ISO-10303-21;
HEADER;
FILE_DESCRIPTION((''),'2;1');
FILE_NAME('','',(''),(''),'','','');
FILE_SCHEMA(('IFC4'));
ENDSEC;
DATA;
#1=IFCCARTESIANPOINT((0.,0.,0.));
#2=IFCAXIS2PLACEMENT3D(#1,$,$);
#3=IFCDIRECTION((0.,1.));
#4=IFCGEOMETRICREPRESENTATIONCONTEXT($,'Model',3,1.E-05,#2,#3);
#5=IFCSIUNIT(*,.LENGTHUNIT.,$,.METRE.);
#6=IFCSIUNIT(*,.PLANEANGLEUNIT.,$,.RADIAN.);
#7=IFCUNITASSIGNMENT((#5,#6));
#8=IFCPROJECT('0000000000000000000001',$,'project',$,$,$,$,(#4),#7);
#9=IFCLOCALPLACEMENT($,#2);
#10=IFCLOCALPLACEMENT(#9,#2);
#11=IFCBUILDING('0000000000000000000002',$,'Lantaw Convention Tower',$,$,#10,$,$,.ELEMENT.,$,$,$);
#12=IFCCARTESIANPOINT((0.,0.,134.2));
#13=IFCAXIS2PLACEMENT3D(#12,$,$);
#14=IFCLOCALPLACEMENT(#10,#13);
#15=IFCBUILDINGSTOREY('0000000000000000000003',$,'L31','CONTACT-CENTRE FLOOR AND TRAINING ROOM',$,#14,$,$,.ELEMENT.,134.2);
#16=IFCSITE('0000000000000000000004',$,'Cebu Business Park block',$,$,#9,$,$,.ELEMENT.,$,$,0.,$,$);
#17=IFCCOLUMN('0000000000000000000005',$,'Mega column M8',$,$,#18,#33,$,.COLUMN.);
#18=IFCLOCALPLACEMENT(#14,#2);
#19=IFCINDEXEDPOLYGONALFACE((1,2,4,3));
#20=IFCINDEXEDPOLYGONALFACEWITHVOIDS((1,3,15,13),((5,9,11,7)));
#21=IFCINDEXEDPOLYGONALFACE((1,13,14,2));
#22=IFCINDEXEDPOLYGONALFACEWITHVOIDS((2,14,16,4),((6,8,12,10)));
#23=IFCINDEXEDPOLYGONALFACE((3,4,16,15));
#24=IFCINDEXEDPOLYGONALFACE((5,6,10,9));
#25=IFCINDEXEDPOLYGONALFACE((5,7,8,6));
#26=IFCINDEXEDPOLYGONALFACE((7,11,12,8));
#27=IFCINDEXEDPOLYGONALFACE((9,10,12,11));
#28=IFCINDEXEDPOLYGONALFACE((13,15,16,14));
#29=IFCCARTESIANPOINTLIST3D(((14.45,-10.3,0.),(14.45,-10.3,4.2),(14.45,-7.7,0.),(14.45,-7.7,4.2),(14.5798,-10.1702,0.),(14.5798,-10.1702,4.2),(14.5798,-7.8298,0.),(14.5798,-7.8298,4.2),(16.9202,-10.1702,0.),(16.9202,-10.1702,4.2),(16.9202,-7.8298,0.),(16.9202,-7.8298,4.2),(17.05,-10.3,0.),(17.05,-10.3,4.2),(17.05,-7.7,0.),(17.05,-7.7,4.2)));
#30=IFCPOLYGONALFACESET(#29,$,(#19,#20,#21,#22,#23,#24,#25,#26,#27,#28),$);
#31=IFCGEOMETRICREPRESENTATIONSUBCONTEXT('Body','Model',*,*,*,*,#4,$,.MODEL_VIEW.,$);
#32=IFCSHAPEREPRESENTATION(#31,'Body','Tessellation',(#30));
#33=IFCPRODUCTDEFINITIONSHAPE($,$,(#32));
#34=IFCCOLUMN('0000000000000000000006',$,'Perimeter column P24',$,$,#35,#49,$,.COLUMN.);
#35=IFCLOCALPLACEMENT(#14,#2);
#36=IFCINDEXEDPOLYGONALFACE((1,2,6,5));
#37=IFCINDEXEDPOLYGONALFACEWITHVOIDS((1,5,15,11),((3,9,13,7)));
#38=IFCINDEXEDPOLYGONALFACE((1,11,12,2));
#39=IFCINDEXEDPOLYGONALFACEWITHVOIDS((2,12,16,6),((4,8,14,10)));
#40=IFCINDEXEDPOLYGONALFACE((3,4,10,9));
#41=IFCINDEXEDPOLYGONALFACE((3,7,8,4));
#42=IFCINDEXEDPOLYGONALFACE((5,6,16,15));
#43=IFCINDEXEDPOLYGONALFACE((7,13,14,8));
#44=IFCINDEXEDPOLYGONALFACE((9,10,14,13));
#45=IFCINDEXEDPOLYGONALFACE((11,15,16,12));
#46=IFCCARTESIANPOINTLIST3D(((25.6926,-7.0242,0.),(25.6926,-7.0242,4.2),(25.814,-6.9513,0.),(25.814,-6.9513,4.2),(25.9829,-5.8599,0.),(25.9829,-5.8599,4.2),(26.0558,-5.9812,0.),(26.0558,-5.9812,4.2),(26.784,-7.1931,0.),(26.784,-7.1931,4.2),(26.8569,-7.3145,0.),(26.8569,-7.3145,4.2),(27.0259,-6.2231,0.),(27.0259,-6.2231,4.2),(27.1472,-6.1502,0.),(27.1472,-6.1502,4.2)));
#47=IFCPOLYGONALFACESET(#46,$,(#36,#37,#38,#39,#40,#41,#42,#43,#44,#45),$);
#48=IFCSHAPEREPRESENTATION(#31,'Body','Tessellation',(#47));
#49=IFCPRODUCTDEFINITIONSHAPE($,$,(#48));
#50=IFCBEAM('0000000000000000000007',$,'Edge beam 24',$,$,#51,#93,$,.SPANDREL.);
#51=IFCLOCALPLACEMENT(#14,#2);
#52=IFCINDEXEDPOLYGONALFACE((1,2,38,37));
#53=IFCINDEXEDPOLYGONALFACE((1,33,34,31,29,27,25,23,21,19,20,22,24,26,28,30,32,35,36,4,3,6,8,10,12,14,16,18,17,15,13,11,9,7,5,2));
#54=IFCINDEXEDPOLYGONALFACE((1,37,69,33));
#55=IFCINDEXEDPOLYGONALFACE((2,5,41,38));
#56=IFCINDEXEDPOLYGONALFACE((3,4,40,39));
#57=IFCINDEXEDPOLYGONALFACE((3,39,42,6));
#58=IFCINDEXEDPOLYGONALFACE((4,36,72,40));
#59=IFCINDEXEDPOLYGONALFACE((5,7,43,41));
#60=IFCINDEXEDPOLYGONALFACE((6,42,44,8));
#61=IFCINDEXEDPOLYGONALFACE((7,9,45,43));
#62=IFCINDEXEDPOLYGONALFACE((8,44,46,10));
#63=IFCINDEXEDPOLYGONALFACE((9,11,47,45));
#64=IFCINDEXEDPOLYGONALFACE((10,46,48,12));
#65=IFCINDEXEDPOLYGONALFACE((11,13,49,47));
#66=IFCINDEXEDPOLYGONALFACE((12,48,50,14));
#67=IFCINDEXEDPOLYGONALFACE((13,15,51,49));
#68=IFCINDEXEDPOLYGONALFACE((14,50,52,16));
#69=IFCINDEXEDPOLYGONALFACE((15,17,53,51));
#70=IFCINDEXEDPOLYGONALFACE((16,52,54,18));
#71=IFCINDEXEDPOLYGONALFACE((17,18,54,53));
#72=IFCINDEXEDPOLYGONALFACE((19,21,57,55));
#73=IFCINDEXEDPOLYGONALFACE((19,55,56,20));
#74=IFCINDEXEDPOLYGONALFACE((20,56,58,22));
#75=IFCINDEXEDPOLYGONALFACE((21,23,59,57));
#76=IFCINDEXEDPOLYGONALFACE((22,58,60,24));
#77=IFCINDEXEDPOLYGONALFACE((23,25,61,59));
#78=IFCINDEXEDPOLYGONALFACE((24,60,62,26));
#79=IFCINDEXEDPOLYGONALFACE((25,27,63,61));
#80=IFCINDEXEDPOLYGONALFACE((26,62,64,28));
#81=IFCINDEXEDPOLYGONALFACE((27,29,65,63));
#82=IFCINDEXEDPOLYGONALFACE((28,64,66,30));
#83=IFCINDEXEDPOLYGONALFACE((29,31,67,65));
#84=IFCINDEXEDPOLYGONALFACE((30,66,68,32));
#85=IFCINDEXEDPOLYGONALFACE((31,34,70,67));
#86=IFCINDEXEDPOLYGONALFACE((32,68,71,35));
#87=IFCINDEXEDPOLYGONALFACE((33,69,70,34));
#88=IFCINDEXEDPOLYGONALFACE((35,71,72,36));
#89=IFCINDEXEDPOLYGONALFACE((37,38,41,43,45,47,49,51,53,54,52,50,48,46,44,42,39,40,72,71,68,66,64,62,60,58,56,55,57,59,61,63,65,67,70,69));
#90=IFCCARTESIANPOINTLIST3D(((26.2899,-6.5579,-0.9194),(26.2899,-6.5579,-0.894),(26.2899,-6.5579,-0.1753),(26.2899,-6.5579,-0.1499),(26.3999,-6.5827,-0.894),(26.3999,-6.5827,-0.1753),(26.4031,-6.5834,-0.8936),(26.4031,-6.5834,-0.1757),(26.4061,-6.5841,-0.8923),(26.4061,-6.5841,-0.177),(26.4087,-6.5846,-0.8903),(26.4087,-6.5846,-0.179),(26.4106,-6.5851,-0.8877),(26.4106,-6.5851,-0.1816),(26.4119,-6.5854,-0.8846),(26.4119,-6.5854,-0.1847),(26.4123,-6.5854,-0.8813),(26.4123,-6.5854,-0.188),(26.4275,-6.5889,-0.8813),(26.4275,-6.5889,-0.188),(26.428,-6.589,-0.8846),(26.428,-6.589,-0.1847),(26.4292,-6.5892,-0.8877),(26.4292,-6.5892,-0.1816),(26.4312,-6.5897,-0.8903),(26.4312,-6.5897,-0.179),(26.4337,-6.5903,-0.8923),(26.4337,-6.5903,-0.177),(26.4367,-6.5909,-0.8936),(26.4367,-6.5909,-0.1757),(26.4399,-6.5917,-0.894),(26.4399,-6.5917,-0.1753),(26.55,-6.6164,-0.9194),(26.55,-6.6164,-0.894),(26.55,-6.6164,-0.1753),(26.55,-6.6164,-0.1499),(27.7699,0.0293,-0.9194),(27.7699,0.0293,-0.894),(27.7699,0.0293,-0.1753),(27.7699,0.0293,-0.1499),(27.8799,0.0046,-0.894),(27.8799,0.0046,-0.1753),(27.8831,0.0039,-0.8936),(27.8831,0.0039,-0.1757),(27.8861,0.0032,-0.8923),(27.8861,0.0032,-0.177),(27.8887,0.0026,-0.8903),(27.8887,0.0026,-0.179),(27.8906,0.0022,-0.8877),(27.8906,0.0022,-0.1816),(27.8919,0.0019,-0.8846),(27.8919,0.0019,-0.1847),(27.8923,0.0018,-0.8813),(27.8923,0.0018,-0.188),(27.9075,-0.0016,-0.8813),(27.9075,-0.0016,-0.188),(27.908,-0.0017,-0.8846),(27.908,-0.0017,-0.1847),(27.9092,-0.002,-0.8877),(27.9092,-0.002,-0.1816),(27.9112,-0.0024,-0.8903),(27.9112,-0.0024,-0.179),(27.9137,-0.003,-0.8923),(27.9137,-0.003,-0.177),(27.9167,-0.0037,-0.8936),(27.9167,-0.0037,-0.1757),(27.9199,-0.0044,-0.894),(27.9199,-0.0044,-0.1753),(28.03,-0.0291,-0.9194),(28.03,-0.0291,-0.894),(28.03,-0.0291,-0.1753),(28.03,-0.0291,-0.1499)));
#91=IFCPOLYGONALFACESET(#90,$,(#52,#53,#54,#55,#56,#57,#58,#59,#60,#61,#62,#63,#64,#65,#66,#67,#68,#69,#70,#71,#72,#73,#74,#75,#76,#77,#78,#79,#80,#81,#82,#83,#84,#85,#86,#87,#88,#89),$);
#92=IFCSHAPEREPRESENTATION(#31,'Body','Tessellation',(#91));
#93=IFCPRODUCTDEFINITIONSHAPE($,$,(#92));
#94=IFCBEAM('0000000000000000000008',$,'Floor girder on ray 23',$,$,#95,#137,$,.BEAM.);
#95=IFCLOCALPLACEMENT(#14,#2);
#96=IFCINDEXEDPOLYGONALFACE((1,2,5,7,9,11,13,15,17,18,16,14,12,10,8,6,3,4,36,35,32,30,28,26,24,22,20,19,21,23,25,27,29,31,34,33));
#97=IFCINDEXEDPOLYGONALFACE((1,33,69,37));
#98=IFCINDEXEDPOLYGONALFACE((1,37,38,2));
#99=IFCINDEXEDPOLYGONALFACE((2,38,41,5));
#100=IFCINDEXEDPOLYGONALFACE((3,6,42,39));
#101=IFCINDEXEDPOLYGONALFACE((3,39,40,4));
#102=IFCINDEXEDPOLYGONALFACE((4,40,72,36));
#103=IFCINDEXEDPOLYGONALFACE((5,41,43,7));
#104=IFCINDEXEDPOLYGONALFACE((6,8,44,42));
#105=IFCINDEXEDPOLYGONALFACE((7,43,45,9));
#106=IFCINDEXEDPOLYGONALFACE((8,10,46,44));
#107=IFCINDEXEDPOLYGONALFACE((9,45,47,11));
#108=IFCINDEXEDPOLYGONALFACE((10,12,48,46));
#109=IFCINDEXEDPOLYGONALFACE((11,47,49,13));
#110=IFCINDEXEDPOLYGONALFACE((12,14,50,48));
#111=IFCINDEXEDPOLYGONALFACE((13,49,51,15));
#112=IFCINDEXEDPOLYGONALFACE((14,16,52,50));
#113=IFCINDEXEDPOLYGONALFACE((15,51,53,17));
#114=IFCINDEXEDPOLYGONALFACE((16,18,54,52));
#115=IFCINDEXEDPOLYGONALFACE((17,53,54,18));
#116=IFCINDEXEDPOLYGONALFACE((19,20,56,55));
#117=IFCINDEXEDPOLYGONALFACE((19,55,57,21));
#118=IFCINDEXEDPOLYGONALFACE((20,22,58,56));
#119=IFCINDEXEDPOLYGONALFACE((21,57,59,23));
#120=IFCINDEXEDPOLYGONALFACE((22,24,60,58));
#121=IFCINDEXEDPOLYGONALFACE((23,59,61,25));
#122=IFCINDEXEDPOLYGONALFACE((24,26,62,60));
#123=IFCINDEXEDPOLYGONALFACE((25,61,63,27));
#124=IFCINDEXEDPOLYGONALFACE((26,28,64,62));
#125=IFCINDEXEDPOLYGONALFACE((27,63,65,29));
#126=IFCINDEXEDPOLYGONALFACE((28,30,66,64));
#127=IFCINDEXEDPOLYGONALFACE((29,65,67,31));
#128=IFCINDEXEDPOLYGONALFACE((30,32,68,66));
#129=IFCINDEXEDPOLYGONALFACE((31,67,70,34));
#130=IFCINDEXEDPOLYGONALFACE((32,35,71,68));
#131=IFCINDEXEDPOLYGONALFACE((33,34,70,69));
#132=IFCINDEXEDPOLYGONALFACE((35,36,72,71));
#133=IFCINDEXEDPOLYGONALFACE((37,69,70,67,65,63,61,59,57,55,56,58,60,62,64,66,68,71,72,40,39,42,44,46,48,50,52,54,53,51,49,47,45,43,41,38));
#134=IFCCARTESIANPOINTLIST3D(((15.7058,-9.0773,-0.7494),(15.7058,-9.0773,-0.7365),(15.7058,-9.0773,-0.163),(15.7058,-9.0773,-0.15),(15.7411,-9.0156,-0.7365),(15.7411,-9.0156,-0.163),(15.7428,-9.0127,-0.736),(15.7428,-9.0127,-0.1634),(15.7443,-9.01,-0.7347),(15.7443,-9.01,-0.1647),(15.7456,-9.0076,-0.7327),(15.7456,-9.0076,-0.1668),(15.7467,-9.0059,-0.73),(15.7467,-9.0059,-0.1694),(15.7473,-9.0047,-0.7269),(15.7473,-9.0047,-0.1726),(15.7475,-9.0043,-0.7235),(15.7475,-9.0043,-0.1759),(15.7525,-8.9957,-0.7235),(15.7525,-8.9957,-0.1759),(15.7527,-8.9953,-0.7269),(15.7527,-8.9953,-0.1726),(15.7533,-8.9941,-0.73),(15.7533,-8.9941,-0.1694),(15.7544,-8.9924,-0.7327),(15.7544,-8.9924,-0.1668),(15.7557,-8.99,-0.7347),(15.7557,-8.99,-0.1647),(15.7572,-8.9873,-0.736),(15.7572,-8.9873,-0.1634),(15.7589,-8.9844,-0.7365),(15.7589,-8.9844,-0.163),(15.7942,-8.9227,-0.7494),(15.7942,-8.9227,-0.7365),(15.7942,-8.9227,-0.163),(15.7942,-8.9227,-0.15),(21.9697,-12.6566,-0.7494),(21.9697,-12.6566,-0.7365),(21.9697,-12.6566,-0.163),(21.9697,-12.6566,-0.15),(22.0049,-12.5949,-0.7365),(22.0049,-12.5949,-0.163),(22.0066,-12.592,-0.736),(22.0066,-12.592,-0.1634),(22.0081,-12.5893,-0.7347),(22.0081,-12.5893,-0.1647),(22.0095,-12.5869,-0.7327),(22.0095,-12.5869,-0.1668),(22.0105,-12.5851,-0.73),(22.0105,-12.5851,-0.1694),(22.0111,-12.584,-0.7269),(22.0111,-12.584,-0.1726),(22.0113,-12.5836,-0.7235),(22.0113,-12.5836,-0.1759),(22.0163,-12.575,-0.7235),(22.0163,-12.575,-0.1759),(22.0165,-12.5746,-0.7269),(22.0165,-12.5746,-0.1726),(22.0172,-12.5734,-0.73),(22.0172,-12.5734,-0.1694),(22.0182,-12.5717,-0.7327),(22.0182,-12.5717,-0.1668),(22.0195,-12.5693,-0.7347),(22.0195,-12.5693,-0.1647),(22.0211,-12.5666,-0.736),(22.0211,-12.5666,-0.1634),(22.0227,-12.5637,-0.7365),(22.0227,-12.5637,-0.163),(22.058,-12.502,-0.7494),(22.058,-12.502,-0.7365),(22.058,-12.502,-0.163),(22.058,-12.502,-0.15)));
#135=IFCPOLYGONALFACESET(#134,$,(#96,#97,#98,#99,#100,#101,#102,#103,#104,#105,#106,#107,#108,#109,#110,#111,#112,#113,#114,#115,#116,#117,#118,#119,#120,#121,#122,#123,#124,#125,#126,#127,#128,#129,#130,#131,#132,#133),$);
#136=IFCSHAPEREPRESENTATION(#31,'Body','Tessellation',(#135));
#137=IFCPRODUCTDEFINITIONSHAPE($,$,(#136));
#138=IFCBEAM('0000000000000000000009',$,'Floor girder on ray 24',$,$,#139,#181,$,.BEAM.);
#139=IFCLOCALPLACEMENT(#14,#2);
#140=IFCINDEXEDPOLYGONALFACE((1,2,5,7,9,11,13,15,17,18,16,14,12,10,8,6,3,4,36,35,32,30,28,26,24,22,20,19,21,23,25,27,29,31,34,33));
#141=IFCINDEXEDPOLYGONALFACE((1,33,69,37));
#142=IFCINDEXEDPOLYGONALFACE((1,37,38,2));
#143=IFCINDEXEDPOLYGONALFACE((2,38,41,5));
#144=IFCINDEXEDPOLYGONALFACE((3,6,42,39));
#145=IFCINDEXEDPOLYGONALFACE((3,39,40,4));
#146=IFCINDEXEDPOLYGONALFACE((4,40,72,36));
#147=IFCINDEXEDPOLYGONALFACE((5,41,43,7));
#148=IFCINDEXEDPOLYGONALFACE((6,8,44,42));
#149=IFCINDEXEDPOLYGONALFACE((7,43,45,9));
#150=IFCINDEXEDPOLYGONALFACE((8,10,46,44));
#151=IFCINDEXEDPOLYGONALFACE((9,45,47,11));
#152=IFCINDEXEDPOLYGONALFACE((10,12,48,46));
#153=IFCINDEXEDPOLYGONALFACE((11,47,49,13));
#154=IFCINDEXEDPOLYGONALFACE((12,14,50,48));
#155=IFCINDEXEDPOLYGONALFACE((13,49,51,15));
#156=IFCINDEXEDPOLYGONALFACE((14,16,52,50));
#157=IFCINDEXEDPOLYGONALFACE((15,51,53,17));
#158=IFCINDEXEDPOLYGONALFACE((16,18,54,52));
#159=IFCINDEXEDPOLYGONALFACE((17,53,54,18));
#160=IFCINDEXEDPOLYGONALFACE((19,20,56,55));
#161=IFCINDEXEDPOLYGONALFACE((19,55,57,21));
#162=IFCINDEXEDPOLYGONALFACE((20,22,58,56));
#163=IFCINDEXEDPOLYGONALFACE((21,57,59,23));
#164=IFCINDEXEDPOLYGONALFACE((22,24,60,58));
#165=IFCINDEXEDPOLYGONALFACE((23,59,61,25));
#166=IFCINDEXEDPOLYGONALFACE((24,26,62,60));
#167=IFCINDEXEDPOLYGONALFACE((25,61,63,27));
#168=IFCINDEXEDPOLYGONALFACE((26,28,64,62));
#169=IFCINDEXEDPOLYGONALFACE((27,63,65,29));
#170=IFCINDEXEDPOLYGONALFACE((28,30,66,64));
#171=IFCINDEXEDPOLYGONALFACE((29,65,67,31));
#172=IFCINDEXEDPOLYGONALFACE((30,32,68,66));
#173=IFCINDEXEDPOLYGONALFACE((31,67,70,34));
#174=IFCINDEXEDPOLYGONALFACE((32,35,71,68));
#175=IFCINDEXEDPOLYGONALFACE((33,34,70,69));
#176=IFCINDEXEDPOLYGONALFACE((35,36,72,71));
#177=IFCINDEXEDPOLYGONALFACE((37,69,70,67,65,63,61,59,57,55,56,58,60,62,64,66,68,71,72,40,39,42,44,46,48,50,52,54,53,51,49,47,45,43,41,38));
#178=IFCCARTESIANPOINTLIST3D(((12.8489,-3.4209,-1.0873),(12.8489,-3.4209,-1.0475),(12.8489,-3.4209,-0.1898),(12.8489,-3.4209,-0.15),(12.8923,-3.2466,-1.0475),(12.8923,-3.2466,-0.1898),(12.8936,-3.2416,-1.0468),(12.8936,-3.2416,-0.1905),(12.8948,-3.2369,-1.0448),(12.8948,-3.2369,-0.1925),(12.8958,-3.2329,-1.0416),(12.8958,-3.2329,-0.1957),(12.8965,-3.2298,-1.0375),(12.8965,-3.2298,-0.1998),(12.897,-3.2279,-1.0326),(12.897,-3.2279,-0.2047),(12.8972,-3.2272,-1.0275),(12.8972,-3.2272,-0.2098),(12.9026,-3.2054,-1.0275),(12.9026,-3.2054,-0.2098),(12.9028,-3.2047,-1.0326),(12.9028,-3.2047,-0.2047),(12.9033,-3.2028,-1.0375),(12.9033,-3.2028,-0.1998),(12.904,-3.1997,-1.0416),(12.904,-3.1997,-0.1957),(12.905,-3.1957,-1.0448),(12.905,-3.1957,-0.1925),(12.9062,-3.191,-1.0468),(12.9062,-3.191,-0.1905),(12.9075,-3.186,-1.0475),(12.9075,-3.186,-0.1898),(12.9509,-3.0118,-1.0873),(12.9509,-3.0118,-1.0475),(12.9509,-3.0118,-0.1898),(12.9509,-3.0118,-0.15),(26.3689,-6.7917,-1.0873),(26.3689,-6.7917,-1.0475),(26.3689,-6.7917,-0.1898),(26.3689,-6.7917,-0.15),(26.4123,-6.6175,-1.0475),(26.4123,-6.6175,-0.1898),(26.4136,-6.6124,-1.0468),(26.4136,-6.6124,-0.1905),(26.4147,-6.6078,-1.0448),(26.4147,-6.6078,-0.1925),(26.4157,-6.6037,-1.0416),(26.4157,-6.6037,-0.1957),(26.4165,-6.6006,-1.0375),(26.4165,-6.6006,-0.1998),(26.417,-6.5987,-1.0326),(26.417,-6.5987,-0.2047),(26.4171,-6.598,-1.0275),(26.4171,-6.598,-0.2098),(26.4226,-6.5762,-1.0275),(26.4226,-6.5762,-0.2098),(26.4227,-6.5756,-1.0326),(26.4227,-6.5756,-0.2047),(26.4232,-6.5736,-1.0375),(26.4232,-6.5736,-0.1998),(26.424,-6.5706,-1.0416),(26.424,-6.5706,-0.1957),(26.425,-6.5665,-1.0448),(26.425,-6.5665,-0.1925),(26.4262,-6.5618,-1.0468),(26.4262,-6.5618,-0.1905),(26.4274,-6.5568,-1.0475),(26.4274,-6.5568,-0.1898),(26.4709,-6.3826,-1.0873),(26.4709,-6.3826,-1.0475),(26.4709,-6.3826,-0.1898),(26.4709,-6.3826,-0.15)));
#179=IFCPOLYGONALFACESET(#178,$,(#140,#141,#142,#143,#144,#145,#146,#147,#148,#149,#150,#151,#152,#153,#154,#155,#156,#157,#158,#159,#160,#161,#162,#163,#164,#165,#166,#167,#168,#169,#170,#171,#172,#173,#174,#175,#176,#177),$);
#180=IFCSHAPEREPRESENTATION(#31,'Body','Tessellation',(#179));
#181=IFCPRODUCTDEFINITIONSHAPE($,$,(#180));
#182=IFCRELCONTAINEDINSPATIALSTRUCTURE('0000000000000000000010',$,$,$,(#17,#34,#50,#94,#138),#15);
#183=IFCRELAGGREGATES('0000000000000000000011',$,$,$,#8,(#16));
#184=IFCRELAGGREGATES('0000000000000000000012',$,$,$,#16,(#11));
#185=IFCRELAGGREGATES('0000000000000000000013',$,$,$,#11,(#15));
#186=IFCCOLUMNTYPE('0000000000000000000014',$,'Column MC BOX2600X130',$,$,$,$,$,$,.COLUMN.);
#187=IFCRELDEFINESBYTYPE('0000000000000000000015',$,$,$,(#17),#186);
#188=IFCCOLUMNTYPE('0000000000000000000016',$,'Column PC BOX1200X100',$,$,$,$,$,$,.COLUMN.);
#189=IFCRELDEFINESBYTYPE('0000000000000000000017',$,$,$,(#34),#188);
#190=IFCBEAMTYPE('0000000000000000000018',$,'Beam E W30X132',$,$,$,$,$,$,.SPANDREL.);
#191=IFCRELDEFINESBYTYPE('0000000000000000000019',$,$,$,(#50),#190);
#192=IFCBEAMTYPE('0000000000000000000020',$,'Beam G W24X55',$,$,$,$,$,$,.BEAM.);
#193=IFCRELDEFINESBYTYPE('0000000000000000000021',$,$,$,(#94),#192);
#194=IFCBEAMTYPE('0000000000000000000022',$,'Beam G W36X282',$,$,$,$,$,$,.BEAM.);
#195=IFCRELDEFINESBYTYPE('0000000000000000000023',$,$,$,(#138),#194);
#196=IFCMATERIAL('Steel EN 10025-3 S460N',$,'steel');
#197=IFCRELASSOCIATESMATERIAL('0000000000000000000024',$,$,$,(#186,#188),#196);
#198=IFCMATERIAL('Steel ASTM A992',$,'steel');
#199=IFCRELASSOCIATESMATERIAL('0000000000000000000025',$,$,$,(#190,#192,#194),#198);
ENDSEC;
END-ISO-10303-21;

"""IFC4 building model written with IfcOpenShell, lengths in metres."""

from ifc_helpers import new_model, si_unit, direction, frame, origin, origin_2d, place, context, subcontext, project, spatial, rectangle, hollow_rectangle, i_section, extrude, material, material_profile, profile_set, type_object, element, save


model = new_model("IFC4")

# Units and contexts
model_context = context("Model", 3, precision=1e-05, world=origin(), true_north=direction((0.0, 1.0)))
body_context = subcontext(model_context, "Body", "Model", "MODEL_VIEW")
ifc_project = project(units=[si_unit("LENGTHUNIT", "METRE"), si_unit("PLANEANGLEUNIT", "RADIAN")], contexts=[model_context])

# Site, building, storey
site_placement = place(None, origin())
site = spatial("IfcSite", under=ifc_project, at=site_placement, Name="Cebu Business Park block", CompositionType="ELEMENT", RefElevation=0.0)
building_placement = place(site_placement, origin())
building = spatial("IfcBuilding", under=site, at=building_placement, Name="Lantaw Convention Tower", CompositionType="ELEMENT")
storey_placement = place(building_placement, frame((0.0, 0.0, 134.2)))
storey = spatial("IfcBuildingStorey", under=building, at=storey_placement, Name="L31", Description="CONTACT-CENTRE FLOOR AND TRAINING ROOM", CompositionType="ELEMENT", Elevation=134.2)

# Columns
ifc_material_1 = material(Name="Steel EN 10025-3 S460N", Category="steel")
ifc_material_profile_1 = material_profile(ifc_material_1, hollow_rectangle(XDim=2.6001, YDim=2.6001, WallThickness=0.1299, at=origin_2d()), Name="BOX2600X130")
ifc_material_2 = material(Name="Concrete C60/75", Category="concrete")
ifc_material_profile_2 = material_profile(ifc_material_2, rectangle(XDim=2.3401, YDim=2.3401, at=origin_2d()), Name="Concrete fill of BOX2600X130")
ifc_profile_set_1 = profile_set([ifc_material_profile_1, ifc_material_profile_2], Name="Steel EN 10025-3 S460N")
column_type_1 = type_object("IfcColumnType", Name="Column MC BOX2600X130", PredefinedType="COLUMN", material=ifc_profile_set_1)
column_1_placement = place(storey_placement, frame((15.75, -9.0, 0.0), z_axis=(0.0, 0.0, 1.0), x_axis=(1.0, 0.0, 0.0)))
element("IfcColumn", 1, at=column_1_placement, inside=storey, type_object=column_type_1, Name="Mega column M8", PredefinedType="COLUMN", context=body_context, shape_type="SweptSolid", body=[
    extrude(hollow_rectangle(XDim=2.6001, YDim=2.6001, WallThickness=0.1299, at=origin_2d()), origin(), (0.0, 0.0, 1.0), 4.2),
])
ifc_material_profile_3 = material_profile(ifc_material_1, hollow_rectangle(XDim=1.2, YDim=1.2, WallThickness=0.1001, at=origin_2d()), Name="BOX1200X100")
ifc_material_profile_4 = material_profile(ifc_material_2, rectangle(XDim=1.0, YDim=1.0, at=origin_2d()), Name="Concrete fill of BOX1200X100")
ifc_profile_set_2 = profile_set([ifc_material_profile_3, ifc_material_profile_4], Name="Steel EN 10025-3 S460N")
column_type_2 = type_object("IfcColumnType", Name="Column PC BOX1200X100", PredefinedType="COLUMN", material=ifc_profile_set_2)
column_2_placement = place(storey_placement, frame((26.4199, -6.5872, 0.0), z_axis=(0.0, 0.0, 1.0), x_axis=(0.241922, 0.970296, 0.0)))
element("IfcColumn", 2, at=column_2_placement, inside=storey, type_object=column_type_2, Name="Perimeter column P24", PredefinedType="COLUMN", context=body_context, shape_type="SweptSolid", body=[
    extrude(hollow_rectangle(XDim=1.2, YDim=1.2, WallThickness=0.1001, at=origin_2d()), origin(), (0.0, 0.0, 1.0), 4.2),
])

# Beams
ifc_material_3 = material(Name="Steel ASTM A992", Category="steel")
ifc_material_profile_5 = material_profile(ifc_material_3, i_section(OverallWidth=0.2666, OverallDepth=0.7695, WebThickness=0.0156, FlangeThickness=0.0254, FilletRadius=0.0127, at=origin_2d()), Name="W30X132")
ifc_profile_set_3 = profile_set([ifc_material_profile_5], Name="Steel ASTM A992")
beam_type_1 = type_object("IfcBeamType", Name="Beam E W30X132", PredefinedType="SPANDREL", material=ifc_profile_set_3)
beam_1_placement = place(storey_placement, frame((26.4199, -6.5872, -0.5347), z_axis=(0.219212, 0.975677, 0.0), x_axis=(-0.975677, 0.219212, 0.0)))
element("IfcBeam", 3, at=beam_1_placement, inside=storey, type_object=beam_type_1, Name="Edge beam 24", PredefinedType="SPANDREL", context=body_context, shape_type="SweptSolid", body=[
    extrude(i_section(OverallWidth=0.2666, OverallDepth=0.7695, WebThickness=0.0156, FlangeThickness=0.0254, FilletRadius=0.0127, at=origin_2d()), origin(), (0.0, 0.0, 1.0), 6.7515),
])
ifc_material_profile_6 = material_profile(ifc_material_3, i_section(OverallWidth=0.178, OverallDepth=0.5994, WebThickness=0.01, FlangeThickness=0.0129, FilletRadius=0.0129, at=origin_2d()), Name="W24X55")
ifc_profile_set_4 = profile_set([ifc_material_profile_6], Name="Steel ASTM A992")
beam_type_2 = type_object("IfcBeamType", Name="Beam G W24X55", PredefinedType="BEAM", material=ifc_profile_set_4)
beam_2_placement = place(storey_placement, frame((15.75, -9.0, -0.4497), z_axis=(0.868245, -0.496135, 0.0), x_axis=(0.496135, 0.868245, 0.0)))
element("IfcBeam", 4, at=beam_2_placement, inside=storey, type_object=beam_type_2, Name="Floor girder on ray 23", PredefinedType="BEAM", context=body_context, shape_type="SweptSolid", body=[
    extrude(i_section(OverallWidth=0.178, OverallDepth=0.5994, WebThickness=0.01, FlangeThickness=0.0129, FilletRadius=0.0129, at=origin_2d()), origin(), (0.0, 0.0, 1.0), 7.2144),
])
ifc_material_profile_7 = material_profile(ifc_material_3, i_section(OverallWidth=0.4216, OverallDepth=0.9373, WebThickness=0.0225, FlangeThickness=0.0398, FilletRadius=0.02, at=origin_2d()), Name="W36X282")
ifc_profile_set_5 = profile_set([ifc_material_profile_7], Name="Steel ASTM A992")
beam_type_3 = type_object("IfcBeamType", Name="Beam G W36X282", PredefinedType="BEAM", material=ifc_profile_set_5)
beam_3_placement = place(storey_placement, frame((12.8999, -3.2163, -0.6187), z_axis=(0.970297, -0.241917, 0.0), x_axis=(0.241917, 0.970297, 0.0)))
element("IfcBeam", 5, at=beam_3_placement, inside=storey, type_object=beam_type_3, Name="Floor girder on ray 24", PredefinedType="BEAM", context=body_context, shape_type="SweptSolid", body=[
    extrude(i_section(OverallWidth=0.4216, OverallDepth=0.9373, WebThickness=0.0225, FlangeThickness=0.0398, FilletRadius=0.02, at=origin_2d()), origin(), (0.0, 0.0, 1.0), 13.9338),
])

save(model, "model.ifc")
